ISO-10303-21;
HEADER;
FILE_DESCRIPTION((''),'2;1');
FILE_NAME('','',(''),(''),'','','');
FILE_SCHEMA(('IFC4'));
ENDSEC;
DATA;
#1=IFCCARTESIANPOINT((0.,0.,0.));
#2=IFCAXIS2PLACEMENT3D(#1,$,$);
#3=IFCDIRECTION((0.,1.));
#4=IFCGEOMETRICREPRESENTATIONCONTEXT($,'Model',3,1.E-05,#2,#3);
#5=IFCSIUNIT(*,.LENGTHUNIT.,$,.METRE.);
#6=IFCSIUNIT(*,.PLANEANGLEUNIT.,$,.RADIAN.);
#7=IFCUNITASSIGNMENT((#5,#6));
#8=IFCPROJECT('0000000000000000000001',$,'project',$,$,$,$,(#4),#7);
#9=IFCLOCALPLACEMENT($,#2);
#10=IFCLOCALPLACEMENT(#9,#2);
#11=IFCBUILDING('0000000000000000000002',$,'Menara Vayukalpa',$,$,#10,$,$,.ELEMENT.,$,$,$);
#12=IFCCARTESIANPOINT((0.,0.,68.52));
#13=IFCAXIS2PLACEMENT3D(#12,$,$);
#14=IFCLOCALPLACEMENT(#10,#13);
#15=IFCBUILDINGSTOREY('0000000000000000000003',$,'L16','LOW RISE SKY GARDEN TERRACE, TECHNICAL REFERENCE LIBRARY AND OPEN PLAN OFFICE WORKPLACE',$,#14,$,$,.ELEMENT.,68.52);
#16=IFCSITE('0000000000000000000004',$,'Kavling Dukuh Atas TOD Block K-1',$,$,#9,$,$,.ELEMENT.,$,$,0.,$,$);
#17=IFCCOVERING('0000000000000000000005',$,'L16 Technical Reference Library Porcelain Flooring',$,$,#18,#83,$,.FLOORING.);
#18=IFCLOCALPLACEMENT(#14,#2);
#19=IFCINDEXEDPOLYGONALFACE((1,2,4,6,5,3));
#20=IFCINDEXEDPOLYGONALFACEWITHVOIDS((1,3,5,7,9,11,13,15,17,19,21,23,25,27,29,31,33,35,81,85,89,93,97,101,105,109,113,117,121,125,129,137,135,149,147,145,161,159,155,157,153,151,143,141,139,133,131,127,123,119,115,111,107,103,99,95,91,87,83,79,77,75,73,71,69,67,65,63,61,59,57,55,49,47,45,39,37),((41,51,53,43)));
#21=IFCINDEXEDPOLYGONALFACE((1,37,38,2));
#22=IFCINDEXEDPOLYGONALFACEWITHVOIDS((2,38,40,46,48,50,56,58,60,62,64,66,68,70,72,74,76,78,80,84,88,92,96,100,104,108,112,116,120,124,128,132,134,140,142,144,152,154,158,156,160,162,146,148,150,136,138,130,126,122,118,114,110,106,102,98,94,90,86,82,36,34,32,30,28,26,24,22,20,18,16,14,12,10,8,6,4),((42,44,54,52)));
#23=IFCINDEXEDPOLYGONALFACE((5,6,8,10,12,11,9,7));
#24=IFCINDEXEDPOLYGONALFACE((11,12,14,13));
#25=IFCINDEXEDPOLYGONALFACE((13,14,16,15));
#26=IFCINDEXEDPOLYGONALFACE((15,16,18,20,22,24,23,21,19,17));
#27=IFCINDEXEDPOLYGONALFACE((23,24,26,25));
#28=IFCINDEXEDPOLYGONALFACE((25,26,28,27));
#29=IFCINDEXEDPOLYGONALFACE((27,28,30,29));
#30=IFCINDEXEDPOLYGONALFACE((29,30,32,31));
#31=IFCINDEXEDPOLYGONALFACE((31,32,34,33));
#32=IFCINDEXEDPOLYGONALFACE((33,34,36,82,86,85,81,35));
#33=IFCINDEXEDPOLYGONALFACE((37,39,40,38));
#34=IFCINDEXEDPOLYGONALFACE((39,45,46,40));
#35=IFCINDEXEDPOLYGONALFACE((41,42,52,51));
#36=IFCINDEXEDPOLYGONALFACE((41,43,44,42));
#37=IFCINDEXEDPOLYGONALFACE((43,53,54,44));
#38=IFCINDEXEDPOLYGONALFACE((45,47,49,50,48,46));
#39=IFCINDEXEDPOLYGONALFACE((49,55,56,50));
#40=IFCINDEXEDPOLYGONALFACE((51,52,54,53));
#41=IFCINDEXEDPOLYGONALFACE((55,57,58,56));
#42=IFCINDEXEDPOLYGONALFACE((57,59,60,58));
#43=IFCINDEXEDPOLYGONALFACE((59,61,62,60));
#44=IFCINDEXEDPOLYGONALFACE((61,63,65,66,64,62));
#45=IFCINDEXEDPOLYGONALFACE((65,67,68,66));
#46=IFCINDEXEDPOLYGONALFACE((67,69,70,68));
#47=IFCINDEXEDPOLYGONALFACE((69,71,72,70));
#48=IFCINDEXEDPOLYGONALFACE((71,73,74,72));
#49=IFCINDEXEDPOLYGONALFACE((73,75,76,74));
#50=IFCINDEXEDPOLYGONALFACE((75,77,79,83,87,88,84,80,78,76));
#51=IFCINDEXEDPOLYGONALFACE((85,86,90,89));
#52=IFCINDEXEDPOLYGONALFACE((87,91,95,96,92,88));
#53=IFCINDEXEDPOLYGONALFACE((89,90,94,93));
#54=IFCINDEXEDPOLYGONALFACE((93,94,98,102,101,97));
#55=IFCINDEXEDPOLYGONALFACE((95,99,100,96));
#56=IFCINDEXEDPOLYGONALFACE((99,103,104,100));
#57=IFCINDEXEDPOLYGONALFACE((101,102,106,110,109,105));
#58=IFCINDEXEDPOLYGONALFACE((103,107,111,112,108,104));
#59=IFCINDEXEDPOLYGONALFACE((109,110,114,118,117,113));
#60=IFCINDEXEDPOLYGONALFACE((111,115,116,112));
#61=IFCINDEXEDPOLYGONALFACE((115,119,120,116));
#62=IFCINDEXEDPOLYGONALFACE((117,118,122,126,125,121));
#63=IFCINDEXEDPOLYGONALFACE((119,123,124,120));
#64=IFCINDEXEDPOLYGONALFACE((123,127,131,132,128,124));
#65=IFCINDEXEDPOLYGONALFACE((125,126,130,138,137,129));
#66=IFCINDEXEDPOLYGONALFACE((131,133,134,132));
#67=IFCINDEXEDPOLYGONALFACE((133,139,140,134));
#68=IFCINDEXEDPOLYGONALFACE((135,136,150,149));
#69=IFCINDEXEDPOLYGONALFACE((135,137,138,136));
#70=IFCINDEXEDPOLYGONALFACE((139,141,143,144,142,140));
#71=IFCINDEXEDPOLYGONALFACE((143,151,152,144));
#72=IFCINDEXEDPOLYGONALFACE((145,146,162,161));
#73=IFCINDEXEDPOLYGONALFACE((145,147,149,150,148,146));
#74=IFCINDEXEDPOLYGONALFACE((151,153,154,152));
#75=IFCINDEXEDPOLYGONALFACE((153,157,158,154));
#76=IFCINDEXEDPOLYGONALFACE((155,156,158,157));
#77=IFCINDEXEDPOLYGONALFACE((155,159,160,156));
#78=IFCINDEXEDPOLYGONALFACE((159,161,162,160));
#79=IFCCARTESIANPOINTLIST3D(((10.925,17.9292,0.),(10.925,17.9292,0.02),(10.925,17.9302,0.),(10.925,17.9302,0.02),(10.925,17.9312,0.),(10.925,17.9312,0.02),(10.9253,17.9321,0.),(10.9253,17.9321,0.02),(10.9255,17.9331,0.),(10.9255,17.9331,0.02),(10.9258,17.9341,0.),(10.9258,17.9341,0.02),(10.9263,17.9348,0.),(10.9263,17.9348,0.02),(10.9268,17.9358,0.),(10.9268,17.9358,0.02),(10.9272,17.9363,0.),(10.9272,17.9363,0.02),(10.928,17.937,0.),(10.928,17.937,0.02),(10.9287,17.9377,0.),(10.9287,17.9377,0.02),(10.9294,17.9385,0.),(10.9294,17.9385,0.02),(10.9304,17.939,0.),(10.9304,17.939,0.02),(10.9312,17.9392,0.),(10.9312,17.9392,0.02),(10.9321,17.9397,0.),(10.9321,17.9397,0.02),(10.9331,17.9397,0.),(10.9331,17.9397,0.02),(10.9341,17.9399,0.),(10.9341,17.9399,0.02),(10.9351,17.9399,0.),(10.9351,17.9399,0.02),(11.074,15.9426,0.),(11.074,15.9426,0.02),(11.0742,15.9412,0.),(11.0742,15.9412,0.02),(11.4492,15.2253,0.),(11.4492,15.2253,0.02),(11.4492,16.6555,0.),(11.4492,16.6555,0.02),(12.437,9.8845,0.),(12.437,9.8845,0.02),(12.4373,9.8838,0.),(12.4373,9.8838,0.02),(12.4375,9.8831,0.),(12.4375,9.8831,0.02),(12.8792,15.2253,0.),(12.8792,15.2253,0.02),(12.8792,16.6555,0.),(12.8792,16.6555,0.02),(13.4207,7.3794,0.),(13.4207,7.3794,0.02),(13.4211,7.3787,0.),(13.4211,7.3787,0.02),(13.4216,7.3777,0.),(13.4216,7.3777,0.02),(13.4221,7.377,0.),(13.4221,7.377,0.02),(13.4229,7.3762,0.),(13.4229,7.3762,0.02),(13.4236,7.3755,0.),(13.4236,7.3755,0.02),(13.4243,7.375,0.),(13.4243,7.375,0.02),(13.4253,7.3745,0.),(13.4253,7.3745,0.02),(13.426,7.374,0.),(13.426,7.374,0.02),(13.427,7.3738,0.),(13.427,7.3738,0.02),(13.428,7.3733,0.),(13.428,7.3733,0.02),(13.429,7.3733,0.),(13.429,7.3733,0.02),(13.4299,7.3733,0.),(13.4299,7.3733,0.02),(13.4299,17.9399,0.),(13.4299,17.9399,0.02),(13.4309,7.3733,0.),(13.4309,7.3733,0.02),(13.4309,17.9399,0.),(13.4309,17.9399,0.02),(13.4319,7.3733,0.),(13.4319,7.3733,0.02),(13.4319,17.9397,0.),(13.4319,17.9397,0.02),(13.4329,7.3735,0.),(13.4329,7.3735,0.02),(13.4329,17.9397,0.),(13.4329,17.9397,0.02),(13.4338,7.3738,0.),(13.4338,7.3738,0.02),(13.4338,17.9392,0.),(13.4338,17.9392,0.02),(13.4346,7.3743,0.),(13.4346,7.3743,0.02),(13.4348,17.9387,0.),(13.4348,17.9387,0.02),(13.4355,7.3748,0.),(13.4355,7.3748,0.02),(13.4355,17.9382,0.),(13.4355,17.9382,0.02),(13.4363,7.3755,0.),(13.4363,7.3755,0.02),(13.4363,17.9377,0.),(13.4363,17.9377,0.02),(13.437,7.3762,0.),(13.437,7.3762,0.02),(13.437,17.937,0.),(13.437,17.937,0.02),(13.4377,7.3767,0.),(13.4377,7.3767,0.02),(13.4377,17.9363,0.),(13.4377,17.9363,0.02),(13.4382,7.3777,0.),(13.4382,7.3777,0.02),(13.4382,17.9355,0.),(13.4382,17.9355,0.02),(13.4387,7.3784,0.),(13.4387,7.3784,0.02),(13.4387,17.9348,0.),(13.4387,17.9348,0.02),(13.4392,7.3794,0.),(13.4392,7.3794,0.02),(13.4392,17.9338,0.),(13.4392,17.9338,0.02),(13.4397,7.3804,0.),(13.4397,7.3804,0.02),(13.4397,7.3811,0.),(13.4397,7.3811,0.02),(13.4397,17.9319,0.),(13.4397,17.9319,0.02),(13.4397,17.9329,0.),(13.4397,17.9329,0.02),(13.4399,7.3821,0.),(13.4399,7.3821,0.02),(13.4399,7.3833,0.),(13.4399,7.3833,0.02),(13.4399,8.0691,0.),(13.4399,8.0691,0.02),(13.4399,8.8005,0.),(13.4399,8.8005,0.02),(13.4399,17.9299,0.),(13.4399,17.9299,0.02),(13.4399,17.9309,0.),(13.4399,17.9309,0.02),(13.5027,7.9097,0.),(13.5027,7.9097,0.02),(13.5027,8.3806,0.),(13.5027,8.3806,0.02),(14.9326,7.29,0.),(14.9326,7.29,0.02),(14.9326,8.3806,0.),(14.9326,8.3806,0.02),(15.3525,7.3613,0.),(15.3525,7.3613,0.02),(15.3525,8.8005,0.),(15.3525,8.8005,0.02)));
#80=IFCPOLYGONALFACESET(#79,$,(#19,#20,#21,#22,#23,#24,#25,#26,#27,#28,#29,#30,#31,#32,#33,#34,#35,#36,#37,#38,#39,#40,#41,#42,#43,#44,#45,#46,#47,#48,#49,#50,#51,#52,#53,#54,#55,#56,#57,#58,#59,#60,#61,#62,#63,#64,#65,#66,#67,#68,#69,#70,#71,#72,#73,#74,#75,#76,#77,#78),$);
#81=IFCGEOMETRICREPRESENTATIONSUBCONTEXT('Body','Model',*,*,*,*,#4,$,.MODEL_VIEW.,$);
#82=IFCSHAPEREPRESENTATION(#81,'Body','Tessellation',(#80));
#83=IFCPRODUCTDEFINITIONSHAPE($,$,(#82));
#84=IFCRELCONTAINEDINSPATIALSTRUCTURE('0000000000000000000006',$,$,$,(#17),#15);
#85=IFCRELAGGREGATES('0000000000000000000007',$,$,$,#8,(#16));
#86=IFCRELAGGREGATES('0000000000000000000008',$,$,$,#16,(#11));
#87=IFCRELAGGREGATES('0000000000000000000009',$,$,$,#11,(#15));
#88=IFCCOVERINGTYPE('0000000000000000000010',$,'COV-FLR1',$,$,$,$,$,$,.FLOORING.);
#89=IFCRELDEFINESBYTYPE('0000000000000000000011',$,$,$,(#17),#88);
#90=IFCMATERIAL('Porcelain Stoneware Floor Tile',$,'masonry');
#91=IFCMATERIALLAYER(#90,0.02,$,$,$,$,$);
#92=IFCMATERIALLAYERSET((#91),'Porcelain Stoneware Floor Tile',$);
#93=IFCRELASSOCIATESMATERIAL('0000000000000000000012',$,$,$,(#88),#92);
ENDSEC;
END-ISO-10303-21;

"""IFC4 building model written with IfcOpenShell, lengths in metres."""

from ifc_helpers import new_model, si_unit, direction, frame, origin, place, context, subcontext, project, spatial, polyline, outline, extrude, material, layer, layer_set, type_object, element, save


model = new_model("IFC4")

# Units and contexts
model_context = context("Model", 3, precision=1e-05, world=origin(), true_north=direction((0.0, 1.0)))
body_context = subcontext(model_context, "Body", "Model", "MODEL_VIEW")
ifc_project = project(units=[si_unit("LENGTHUNIT", "METRE"), si_unit("PLANEANGLEUNIT", "RADIAN")], contexts=[model_context])

# Site, building, storey
site_placement = place(None, origin())
site = spatial("IfcSite", under=ifc_project, at=site_placement, Name="Kavling Dukuh Atas TOD Block K-1", CompositionType="ELEMENT", RefElevation=0.0)
building_placement = place(site_placement, origin())
building = spatial("IfcBuilding", under=site, at=building_placement, Name="Menara Vayukalpa", CompositionType="ELEMENT")
storey_placement = place(building_placement, frame((0.0, 0.0, 68.52)))
storey = spatial("IfcBuildingStorey", under=building, at=storey_placement, Name="L16", Description="LOW RISE SKY GARDEN TERRACE, TECHNICAL REFERENCE LIBRARY AND OPEN PLAN OFFICE WORKPLACE", CompositionType="ELEMENT", Elevation=68.52)

# Covering
ifc_material_1 = material(Name="Porcelain Stoneware Floor Tile", Category="masonry")
ifc_layer_1 = layer(ifc_material_1, 0.02)
ifc_layer_set_1 = layer_set([ifc_layer_1], Name="Porcelain Stoneware Floor Tile")
covering_type_1 = type_object("IfcCoveringType", Name="COV-FLR1", PredefinedType="FLOORING", material=ifc_layer_set_1)
covering_1_placement = place(storey_placement, origin())
element("IfcCovering", 1, at=covering_1_placement, inside=storey, type_object=covering_type_1, Name="L16 Technical Reference Library Porcelain Flooring", PredefinedType="FLOORING", context=body_context, shape_type="SweptSolid", body=[
    extrude(outline(polyline([(14.9326, 7.29), (14.9326, 8.3806), (13.5027, 8.3806), (13.5027, 7.9097), (13.4399, 8.0691), (13.4399, 7.3833), (13.4399, 7.3821), (13.4397, 7.3811), (13.4397, 7.3804), (13.4392, 7.3794), (13.4387, 7.3784), (13.4382, 7.3777), (13.4377, 7.3767), (13.437, 7.3762), (13.4363, 7.3755), (13.4355, 7.3748), (13.4346, 7.3743), (13.4338, 7.3738), (13.4329, 7.3735), (13.4319, 7.3733), (13.4309, 7.3733), (13.4299, 7.3733), (13.429, 7.3733), (13.428, 7.3733), (13.427, 7.3738), (13.426, 7.374), (13.4253, 7.3745), (13.4243, 7.375), (13.4236, 7.3755), (13.4229, 7.3762), (13.4221, 7.377), (13.4216, 7.3777), (13.4211, 7.3787), (13.4207, 7.3794), (12.4375, 9.8831), (12.4373, 9.8838), (12.437, 9.8845), (11.0742, 15.9412), (11.074, 15.9426), (10.925, 17.9292), (10.925, 17.9302), (10.925, 17.9312), (10.9253, 17.9321), (10.9255, 17.9331), (10.9258, 17.9341), (10.9263, 17.9348), (10.9268, 17.9358), (10.9272, 17.9363), (10.928, 17.937), (10.9287, 17.9377), (10.9294, 17.9385), (10.9304, 17.939), (10.9312, 17.9392), (10.9321, 17.9397), (10.9331, 17.9397), (10.9341, 17.9399), (10.9351, 17.9399), (13.4299, 17.9399), (13.4309, 17.9399), (13.4319, 17.9397), (13.4329, 17.9397), (13.4338, 17.9392), (13.4348, 17.9387), (13.4355, 17.9382), (13.4363, 17.9377), (13.437, 17.937), (13.4377, 17.9363), (13.4382, 17.9355), (13.4387, 17.9348), (13.4392, 17.9338), (13.4397, 17.9329), (13.4397, 17.9319), (13.4399, 17.9309), (13.4399, 17.9299), (13.4399, 8.8005), (15.3525, 8.8005), (15.3525, 7.3613), (14.9326, 7.29)]), holes=[polyline([(12.8792, 16.6555), (11.4492, 16.6555), (11.4492, 15.2253), (12.8792, 15.2253), (12.8792, 16.6555)])]), origin(), (0.0, 0.0, 1.0), 0.02),
])

save(model, "model.ifc")
